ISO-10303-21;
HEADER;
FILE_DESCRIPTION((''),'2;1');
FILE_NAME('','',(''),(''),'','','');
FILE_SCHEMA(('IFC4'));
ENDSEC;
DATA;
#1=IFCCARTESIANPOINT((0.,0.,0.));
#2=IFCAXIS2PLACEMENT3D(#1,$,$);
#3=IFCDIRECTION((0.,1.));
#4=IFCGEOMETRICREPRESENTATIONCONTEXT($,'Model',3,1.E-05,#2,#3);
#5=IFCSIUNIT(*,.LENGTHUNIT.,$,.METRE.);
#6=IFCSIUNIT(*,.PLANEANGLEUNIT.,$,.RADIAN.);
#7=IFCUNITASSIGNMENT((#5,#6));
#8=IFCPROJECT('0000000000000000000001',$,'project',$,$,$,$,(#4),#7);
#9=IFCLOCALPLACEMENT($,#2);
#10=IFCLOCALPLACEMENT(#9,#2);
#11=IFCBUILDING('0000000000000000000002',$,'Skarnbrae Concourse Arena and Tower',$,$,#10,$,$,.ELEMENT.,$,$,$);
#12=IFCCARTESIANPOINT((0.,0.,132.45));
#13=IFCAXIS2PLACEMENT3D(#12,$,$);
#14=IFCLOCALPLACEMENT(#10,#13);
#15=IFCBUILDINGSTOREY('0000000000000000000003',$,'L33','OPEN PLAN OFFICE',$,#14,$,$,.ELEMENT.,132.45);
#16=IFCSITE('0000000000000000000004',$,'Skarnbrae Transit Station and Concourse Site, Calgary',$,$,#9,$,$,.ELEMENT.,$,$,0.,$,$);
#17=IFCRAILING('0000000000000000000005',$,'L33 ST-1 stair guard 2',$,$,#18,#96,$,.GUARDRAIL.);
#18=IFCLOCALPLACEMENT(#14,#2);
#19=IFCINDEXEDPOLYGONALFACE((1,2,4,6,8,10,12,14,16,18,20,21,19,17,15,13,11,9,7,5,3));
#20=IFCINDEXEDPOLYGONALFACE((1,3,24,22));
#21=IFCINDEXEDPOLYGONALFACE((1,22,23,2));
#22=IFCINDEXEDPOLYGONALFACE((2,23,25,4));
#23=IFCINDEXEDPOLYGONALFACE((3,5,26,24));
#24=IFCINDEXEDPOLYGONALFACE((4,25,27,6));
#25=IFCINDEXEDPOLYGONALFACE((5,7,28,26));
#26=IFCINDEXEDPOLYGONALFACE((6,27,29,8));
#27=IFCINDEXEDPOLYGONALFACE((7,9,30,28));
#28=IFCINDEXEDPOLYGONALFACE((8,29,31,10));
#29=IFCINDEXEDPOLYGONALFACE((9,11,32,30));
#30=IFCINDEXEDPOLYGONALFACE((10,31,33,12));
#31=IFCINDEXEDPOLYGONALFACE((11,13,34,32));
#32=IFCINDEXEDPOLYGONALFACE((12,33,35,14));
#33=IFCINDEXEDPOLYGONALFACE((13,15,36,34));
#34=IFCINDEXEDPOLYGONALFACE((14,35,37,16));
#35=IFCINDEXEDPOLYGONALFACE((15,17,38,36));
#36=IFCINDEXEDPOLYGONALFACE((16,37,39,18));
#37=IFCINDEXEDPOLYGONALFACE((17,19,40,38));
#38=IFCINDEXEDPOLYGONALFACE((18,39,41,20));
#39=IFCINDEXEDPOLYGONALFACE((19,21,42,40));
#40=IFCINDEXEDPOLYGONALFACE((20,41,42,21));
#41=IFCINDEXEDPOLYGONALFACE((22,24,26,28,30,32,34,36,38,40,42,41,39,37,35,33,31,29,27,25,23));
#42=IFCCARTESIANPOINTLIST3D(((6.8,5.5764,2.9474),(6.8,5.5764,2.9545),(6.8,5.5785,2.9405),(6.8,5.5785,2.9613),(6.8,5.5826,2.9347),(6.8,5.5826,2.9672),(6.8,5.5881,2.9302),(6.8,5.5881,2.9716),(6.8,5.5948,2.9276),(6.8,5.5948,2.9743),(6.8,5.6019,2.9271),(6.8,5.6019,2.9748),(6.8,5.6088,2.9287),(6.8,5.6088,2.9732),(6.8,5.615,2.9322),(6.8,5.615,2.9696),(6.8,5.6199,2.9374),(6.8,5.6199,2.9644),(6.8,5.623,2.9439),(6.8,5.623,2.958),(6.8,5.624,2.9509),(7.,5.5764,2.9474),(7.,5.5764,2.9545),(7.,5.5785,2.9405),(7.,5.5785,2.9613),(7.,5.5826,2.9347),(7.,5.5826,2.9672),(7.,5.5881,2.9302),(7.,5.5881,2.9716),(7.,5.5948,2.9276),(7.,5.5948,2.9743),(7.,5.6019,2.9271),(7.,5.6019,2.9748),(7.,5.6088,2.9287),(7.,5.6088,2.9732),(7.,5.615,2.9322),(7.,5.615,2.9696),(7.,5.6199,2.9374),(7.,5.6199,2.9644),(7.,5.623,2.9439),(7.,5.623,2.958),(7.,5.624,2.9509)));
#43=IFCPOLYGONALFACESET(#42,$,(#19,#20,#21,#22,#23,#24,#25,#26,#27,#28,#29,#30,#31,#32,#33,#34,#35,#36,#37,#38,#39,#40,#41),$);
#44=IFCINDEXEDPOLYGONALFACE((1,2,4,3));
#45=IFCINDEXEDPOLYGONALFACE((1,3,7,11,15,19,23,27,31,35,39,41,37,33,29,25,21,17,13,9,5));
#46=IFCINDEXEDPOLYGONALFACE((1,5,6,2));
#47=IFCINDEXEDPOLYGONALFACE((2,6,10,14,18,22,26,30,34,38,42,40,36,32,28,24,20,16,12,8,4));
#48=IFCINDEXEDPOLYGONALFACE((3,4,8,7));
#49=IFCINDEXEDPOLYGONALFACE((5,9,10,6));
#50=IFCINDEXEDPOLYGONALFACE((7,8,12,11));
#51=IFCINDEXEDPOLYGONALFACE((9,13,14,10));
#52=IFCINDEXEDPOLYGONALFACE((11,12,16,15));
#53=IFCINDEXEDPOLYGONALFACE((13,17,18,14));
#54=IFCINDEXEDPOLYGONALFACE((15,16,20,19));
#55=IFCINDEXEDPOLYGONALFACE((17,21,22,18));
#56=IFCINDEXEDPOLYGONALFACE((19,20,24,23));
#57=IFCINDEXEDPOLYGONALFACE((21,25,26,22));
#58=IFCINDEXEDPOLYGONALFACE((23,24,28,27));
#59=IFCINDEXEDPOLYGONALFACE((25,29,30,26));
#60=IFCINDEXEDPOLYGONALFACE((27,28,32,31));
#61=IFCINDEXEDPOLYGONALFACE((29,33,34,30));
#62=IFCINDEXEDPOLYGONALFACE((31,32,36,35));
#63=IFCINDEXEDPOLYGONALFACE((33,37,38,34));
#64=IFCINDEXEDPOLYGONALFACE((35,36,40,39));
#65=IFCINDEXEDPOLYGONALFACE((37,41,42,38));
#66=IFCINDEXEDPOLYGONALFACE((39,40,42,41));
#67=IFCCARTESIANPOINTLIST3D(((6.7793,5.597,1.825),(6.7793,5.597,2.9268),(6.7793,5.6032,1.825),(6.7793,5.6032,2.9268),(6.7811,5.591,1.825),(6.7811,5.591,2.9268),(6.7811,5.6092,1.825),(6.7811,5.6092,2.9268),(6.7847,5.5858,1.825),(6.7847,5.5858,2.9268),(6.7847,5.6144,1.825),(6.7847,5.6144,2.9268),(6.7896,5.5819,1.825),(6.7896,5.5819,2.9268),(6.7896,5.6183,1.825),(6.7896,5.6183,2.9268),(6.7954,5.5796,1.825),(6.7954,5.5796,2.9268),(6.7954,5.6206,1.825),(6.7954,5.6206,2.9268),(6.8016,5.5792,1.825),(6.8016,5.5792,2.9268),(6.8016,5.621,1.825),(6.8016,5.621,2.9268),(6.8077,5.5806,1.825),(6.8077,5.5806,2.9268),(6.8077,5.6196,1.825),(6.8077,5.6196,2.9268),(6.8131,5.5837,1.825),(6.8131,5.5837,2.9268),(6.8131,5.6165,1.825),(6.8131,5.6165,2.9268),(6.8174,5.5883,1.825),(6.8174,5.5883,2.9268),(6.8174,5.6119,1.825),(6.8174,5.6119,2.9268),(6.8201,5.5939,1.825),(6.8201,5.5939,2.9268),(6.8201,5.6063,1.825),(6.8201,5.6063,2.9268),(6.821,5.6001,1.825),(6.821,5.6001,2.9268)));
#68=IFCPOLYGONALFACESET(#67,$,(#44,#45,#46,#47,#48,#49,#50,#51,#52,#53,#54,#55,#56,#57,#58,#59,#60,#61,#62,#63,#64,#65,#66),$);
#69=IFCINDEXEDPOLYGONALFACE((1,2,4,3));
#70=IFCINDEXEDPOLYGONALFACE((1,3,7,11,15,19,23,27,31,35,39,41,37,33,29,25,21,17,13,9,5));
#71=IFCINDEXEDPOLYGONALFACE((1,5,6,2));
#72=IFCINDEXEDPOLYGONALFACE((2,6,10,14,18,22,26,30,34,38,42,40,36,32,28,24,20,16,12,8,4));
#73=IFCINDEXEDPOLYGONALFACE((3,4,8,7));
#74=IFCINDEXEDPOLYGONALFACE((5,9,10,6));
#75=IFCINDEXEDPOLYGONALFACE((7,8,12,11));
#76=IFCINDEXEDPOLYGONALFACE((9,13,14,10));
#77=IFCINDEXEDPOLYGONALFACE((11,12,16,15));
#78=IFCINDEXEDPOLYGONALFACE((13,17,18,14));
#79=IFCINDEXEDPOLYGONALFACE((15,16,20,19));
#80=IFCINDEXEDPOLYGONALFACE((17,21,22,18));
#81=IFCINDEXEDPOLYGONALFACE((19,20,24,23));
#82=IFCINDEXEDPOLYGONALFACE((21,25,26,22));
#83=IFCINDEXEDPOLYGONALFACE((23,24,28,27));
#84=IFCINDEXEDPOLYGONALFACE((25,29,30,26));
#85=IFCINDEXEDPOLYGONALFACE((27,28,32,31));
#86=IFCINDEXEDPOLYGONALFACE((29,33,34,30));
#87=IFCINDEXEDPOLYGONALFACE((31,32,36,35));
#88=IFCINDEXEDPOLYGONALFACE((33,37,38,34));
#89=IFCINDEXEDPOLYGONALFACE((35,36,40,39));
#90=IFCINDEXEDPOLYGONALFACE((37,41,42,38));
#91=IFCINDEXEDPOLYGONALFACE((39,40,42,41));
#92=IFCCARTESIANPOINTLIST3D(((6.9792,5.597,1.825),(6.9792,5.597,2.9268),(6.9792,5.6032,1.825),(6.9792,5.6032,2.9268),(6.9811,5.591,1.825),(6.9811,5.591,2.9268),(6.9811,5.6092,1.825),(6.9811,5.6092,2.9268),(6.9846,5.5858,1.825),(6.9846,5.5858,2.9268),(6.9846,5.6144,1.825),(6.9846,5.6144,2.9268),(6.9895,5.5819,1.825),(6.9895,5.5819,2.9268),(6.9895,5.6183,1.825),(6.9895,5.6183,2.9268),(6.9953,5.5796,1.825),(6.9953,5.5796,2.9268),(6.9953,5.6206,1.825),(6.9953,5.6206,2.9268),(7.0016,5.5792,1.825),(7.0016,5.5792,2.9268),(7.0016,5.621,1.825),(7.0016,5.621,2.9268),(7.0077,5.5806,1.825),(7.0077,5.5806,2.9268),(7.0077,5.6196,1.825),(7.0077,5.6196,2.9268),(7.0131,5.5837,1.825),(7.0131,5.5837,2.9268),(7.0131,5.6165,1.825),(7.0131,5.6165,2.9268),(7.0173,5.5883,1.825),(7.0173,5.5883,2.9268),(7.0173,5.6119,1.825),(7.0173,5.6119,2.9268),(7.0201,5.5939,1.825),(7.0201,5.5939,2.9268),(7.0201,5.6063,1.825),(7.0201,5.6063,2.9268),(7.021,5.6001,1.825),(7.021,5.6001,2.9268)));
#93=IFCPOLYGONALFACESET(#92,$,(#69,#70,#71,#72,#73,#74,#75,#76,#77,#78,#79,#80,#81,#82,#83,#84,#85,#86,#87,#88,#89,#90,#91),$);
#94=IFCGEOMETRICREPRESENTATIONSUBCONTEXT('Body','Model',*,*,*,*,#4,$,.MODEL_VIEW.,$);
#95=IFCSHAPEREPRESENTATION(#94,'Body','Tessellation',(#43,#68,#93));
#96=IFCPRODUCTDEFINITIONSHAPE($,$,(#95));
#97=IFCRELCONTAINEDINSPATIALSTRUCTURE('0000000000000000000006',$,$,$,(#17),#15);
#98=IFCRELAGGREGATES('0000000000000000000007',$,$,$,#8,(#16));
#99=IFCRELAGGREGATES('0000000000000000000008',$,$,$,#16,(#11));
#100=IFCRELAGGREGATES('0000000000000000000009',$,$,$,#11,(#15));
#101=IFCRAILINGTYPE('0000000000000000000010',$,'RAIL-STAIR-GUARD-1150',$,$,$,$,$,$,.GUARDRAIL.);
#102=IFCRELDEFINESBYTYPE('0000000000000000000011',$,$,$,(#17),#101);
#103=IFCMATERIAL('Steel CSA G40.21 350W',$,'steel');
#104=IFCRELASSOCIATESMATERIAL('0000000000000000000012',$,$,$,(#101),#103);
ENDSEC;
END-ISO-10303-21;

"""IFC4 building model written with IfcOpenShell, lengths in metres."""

from ifc_helpers import new_model, si_unit, direction, frame, origin, origin_2d, place, context, subcontext, project, spatial, circle, extrude, material, type_object, element, save


model = new_model("IFC4")

# Units and contexts
model_context = context("Model", 3, precision=1e-05, world=origin(), true_north=direction((0.0, 1.0)))
body_context = subcontext(model_context, "Body", "Model", "MODEL_VIEW")
ifc_project = project(units=[si_unit("LENGTHUNIT", "METRE"), si_unit("PLANEANGLEUNIT", "RADIAN")], contexts=[model_context])

# Site, building, storey
site_placement = place(None, origin())
site = spatial("IfcSite", under=ifc_project, at=site_placement, Name="Skarnbrae Transit Station and Concourse Site, Calgary", CompositionType="ELEMENT", RefElevation=0.0)
building_placement = place(site_placement, origin())
building = spatial("IfcBuilding", under=site, at=building_placement, Name="Skarnbrae Concourse Arena and Tower", CompositionType="ELEMENT")
storey_placement = place(building_placement, frame((0.0, 0.0, 132.45)))
storey = spatial("IfcBuildingStorey", under=building, at=storey_placement, Name="L33", Description="OPEN PLAN OFFICE", CompositionType="ELEMENT", Elevation=132.45)

# Railing
ifc_material_1 = material(Name="Steel CSA G40.21 350W", Category="steel")
railing_type_1 = type_object("IfcRailingType", Name="RAIL-STAIR-GUARD-1150", PredefinedType="GUARDRAIL", material=ifc_material_1)
railing_1_placement = place(storey_placement, frame((6.8, 5.6001, 1.825)))
element("IfcRailing", 1, at=railing_1_placement, inside=storey, type_object=railing_type_1, Name="L33 ST-1 stair guard 2", PredefinedType="GUARDRAIL", context=body_context, shape_type="SweptSolid", body=[
    extrude(circle(Radius=0.0239, at=origin_2d()), frame((0.0, 0.0, 1.126), z_axis=(1.0, 0.0, 0.0), x_axis=(0.0, 1.0, 0.0)), (0.0, 0.0, 1.0), 0.2),
    extrude(circle(Radius=0.021, at=origin_2d()), origin(), (0.0, 0.0, 1.0), 1.1018),
    extrude(circle(Radius=0.021, at=origin_2d()), frame((0.2, 0.0, 0.0)), (0.0, 0.0, 1.0), 1.1018),
])

save(model, "model.ifc")
